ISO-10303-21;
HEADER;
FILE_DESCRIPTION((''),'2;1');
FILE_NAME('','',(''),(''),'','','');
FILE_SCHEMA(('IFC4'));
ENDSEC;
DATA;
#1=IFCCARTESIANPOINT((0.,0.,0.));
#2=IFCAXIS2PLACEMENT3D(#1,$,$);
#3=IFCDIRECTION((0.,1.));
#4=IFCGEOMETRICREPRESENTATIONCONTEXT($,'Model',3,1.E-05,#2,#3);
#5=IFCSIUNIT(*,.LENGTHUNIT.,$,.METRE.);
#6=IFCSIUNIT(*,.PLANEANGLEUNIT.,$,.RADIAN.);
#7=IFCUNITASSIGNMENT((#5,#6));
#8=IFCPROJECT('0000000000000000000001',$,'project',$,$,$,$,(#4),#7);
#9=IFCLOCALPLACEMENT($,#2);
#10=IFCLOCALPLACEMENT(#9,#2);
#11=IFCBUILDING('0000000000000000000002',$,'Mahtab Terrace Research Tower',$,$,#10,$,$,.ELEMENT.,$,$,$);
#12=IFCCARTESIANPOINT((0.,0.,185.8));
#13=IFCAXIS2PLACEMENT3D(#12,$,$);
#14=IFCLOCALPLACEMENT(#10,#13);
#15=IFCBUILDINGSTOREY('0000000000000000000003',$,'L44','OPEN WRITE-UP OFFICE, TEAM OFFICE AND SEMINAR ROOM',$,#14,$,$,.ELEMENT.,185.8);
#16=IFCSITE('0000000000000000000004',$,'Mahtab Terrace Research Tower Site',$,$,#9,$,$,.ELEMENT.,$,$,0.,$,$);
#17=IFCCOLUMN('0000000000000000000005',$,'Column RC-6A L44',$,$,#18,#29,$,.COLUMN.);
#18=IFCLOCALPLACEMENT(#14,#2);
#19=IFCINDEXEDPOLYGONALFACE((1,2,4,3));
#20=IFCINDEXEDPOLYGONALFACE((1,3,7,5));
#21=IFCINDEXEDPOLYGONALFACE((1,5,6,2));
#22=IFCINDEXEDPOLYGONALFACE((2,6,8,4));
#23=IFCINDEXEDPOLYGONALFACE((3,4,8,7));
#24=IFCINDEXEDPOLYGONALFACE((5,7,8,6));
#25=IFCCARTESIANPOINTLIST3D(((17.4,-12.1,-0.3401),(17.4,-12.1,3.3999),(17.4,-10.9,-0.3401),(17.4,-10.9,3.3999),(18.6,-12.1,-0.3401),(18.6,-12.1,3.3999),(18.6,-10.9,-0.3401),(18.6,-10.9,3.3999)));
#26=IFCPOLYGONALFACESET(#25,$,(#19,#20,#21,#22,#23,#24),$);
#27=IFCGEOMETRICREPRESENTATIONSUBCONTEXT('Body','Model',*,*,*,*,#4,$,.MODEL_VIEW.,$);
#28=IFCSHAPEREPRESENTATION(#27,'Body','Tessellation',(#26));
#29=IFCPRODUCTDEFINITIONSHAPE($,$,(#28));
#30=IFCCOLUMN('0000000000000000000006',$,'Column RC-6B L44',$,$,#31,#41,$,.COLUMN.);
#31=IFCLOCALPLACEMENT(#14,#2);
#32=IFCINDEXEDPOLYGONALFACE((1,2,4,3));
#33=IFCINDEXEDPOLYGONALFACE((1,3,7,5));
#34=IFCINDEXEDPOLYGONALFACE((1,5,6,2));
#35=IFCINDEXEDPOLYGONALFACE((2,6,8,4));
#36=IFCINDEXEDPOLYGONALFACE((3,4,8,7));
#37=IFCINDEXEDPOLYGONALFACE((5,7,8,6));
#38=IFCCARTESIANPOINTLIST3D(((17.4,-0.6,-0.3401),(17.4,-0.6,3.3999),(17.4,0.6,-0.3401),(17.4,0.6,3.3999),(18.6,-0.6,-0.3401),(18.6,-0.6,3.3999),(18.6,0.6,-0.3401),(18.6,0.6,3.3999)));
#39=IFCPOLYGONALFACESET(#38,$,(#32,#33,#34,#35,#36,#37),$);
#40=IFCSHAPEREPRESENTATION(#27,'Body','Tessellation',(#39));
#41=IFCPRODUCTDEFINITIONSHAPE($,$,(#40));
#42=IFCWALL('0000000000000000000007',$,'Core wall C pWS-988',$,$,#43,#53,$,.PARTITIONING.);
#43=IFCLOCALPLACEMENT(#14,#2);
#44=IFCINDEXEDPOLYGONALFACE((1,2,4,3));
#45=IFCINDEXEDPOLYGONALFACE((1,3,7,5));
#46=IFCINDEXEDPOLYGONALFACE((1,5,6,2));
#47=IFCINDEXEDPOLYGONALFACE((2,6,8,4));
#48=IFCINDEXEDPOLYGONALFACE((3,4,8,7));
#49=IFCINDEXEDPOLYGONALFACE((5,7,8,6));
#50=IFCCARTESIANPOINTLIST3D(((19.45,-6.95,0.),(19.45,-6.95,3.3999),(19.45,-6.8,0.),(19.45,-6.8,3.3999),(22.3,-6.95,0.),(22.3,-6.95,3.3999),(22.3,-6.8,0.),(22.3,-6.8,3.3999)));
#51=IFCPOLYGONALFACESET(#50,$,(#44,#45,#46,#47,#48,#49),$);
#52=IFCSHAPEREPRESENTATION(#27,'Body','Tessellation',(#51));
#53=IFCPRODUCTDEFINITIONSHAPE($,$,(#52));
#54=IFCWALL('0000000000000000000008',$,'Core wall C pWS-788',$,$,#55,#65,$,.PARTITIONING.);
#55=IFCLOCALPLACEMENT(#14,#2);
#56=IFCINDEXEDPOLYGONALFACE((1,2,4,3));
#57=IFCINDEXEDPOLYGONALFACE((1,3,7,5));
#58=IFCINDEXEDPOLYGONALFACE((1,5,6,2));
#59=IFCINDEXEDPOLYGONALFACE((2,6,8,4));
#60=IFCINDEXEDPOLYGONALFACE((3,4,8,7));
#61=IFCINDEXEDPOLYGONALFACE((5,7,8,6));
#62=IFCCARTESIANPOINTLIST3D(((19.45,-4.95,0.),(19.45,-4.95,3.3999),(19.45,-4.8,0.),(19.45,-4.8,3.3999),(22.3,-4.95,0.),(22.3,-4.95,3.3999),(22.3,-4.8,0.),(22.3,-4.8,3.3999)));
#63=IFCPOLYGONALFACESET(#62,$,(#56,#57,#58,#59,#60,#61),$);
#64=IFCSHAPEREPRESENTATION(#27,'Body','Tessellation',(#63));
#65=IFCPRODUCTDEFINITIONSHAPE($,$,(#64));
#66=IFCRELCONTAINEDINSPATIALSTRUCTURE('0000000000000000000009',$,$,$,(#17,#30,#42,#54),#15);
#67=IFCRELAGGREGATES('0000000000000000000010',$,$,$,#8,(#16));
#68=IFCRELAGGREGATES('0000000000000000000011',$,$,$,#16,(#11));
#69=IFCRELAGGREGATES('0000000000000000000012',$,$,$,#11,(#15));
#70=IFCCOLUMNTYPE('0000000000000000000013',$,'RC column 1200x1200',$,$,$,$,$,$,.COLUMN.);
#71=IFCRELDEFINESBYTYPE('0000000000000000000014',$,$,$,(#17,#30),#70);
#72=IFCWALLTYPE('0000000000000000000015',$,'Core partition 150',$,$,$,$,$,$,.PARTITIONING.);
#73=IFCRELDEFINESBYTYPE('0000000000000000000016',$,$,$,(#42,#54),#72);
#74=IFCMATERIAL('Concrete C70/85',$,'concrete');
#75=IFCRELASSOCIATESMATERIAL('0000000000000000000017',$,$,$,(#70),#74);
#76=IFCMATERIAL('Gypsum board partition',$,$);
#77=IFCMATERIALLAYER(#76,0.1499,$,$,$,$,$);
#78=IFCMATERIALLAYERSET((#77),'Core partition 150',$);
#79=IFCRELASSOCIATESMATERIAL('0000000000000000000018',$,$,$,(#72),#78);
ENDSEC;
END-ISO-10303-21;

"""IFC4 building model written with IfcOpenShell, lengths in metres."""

from ifc_helpers import new_model, si_unit, direction, frame, frame_2d, origin, origin_2d, place, context, subcontext, project, spatial, rectangle, extrude, material, layer, layer_set, material_profile, profile_set, type_object, element, save


model = new_model("IFC4")

# Units and contexts
model_context = context("Model", 3, precision=1e-05, world=origin(), true_north=direction((0.0, 1.0)))
body_context = subcontext(model_context, "Body", "Model", "MODEL_VIEW")
ifc_project = project(units=[si_unit("LENGTHUNIT", "METRE"), si_unit("PLANEANGLEUNIT", "RADIAN")], contexts=[model_context])

# Site, building, storey
site_placement = place(None, origin())
site = spatial("IfcSite", under=ifc_project, at=site_placement, Name="Mahtab Terrace Research Tower Site", CompositionType="ELEMENT", RefElevation=0.0)
building_placement = place(site_placement, origin())
building = spatial("IfcBuilding", under=site, at=building_placement, Name="Mahtab Terrace Research Tower", CompositionType="ELEMENT")
storey_placement = place(building_placement, frame((0.0, 0.0, 185.8)))
storey = spatial("IfcBuildingStorey", under=building, at=storey_placement, Name="L44", Description="OPEN WRITE-UP OFFICE, TEAM OFFICE AND SEMINAR ROOM", CompositionType="ELEMENT", Elevation=185.8)

# Columns
ifc_material_1 = material(Name="Concrete C70/85", Category="concrete")
ifc_material_profile = material_profile(ifc_material_1, rectangle(XDim=1.2, YDim=1.2, at=origin_2d()), Name="RC column 1200x1200")
ifc_profile_set = profile_set([ifc_material_profile], Name="Concrete C70/85")
column_type = type_object("IfcColumnType", Name="RC column 1200x1200", PredefinedType="COLUMN", material=ifc_profile_set)
for number, where, z_axis, x_axis, name in (
    (1, (18.0, -11.5, -0.3401), (0.0, 0.0, 1.0), (1.0, 0.0, 0.0), "Column RC-6A L44"),
    (2, (18.0, 0.0, -0.3401), (0.0, 0.0, 1.0), (1.0, 0.0, 0.0), "Column RC-6B L44"),
):
    element("IfcColumn", number, at=place(storey_placement, frame(where, z_axis=z_axis, x_axis=x_axis)), inside=storey, type_object=column_type, Name=name, PredefinedType="COLUMN", context=body_context, shape_type="SweptSolid", body=[
        extrude(rectangle(XDim=1.2, YDim=1.2, at=origin_2d()), origin(), (0.0, 0.0, 1.0), 3.74),
    ])

# Walls
ifc_material_2 = material(Name="Gypsum board partition")
ifc_layer_1 = layer(ifc_material_2, 0.1499)
ifc_layer_set_1 = layer_set([ifc_layer_1], Name="Core partition 150")
wall_type_1 = type_object("IfcWallType", Name="Core partition 150", PredefinedType="PARTITIONING", material=ifc_layer_set_1)
for number, where, z_axis, x_axis, name in (
    (3, (19.45, -6.875, 0.0), (0.0, 0.0, 1.0), (1.0, 0.0, 0.0), "Core wall C pWS-988"),
    (4, (19.45, -4.875, 0.0), (0.0, 0.0, 1.0), (1.0, 0.0, 0.0), "Core wall C pWS-788"),
):
    element("IfcWall", number, at=place(storey_placement, frame(where, z_axis=z_axis, x_axis=x_axis)), inside=storey, type_object=wall_type_1, Name=name, PredefinedType="PARTITIONING", context=body_context, shape_type="SweptSolid", body=[
        extrude(rectangle(XDim=2.8501, YDim=0.1499, at=frame_2d((1.425, 0.0))), origin(), (0.0, 0.0, 1.0), 3.3999),
    ])

save(model, "model.ifc")
